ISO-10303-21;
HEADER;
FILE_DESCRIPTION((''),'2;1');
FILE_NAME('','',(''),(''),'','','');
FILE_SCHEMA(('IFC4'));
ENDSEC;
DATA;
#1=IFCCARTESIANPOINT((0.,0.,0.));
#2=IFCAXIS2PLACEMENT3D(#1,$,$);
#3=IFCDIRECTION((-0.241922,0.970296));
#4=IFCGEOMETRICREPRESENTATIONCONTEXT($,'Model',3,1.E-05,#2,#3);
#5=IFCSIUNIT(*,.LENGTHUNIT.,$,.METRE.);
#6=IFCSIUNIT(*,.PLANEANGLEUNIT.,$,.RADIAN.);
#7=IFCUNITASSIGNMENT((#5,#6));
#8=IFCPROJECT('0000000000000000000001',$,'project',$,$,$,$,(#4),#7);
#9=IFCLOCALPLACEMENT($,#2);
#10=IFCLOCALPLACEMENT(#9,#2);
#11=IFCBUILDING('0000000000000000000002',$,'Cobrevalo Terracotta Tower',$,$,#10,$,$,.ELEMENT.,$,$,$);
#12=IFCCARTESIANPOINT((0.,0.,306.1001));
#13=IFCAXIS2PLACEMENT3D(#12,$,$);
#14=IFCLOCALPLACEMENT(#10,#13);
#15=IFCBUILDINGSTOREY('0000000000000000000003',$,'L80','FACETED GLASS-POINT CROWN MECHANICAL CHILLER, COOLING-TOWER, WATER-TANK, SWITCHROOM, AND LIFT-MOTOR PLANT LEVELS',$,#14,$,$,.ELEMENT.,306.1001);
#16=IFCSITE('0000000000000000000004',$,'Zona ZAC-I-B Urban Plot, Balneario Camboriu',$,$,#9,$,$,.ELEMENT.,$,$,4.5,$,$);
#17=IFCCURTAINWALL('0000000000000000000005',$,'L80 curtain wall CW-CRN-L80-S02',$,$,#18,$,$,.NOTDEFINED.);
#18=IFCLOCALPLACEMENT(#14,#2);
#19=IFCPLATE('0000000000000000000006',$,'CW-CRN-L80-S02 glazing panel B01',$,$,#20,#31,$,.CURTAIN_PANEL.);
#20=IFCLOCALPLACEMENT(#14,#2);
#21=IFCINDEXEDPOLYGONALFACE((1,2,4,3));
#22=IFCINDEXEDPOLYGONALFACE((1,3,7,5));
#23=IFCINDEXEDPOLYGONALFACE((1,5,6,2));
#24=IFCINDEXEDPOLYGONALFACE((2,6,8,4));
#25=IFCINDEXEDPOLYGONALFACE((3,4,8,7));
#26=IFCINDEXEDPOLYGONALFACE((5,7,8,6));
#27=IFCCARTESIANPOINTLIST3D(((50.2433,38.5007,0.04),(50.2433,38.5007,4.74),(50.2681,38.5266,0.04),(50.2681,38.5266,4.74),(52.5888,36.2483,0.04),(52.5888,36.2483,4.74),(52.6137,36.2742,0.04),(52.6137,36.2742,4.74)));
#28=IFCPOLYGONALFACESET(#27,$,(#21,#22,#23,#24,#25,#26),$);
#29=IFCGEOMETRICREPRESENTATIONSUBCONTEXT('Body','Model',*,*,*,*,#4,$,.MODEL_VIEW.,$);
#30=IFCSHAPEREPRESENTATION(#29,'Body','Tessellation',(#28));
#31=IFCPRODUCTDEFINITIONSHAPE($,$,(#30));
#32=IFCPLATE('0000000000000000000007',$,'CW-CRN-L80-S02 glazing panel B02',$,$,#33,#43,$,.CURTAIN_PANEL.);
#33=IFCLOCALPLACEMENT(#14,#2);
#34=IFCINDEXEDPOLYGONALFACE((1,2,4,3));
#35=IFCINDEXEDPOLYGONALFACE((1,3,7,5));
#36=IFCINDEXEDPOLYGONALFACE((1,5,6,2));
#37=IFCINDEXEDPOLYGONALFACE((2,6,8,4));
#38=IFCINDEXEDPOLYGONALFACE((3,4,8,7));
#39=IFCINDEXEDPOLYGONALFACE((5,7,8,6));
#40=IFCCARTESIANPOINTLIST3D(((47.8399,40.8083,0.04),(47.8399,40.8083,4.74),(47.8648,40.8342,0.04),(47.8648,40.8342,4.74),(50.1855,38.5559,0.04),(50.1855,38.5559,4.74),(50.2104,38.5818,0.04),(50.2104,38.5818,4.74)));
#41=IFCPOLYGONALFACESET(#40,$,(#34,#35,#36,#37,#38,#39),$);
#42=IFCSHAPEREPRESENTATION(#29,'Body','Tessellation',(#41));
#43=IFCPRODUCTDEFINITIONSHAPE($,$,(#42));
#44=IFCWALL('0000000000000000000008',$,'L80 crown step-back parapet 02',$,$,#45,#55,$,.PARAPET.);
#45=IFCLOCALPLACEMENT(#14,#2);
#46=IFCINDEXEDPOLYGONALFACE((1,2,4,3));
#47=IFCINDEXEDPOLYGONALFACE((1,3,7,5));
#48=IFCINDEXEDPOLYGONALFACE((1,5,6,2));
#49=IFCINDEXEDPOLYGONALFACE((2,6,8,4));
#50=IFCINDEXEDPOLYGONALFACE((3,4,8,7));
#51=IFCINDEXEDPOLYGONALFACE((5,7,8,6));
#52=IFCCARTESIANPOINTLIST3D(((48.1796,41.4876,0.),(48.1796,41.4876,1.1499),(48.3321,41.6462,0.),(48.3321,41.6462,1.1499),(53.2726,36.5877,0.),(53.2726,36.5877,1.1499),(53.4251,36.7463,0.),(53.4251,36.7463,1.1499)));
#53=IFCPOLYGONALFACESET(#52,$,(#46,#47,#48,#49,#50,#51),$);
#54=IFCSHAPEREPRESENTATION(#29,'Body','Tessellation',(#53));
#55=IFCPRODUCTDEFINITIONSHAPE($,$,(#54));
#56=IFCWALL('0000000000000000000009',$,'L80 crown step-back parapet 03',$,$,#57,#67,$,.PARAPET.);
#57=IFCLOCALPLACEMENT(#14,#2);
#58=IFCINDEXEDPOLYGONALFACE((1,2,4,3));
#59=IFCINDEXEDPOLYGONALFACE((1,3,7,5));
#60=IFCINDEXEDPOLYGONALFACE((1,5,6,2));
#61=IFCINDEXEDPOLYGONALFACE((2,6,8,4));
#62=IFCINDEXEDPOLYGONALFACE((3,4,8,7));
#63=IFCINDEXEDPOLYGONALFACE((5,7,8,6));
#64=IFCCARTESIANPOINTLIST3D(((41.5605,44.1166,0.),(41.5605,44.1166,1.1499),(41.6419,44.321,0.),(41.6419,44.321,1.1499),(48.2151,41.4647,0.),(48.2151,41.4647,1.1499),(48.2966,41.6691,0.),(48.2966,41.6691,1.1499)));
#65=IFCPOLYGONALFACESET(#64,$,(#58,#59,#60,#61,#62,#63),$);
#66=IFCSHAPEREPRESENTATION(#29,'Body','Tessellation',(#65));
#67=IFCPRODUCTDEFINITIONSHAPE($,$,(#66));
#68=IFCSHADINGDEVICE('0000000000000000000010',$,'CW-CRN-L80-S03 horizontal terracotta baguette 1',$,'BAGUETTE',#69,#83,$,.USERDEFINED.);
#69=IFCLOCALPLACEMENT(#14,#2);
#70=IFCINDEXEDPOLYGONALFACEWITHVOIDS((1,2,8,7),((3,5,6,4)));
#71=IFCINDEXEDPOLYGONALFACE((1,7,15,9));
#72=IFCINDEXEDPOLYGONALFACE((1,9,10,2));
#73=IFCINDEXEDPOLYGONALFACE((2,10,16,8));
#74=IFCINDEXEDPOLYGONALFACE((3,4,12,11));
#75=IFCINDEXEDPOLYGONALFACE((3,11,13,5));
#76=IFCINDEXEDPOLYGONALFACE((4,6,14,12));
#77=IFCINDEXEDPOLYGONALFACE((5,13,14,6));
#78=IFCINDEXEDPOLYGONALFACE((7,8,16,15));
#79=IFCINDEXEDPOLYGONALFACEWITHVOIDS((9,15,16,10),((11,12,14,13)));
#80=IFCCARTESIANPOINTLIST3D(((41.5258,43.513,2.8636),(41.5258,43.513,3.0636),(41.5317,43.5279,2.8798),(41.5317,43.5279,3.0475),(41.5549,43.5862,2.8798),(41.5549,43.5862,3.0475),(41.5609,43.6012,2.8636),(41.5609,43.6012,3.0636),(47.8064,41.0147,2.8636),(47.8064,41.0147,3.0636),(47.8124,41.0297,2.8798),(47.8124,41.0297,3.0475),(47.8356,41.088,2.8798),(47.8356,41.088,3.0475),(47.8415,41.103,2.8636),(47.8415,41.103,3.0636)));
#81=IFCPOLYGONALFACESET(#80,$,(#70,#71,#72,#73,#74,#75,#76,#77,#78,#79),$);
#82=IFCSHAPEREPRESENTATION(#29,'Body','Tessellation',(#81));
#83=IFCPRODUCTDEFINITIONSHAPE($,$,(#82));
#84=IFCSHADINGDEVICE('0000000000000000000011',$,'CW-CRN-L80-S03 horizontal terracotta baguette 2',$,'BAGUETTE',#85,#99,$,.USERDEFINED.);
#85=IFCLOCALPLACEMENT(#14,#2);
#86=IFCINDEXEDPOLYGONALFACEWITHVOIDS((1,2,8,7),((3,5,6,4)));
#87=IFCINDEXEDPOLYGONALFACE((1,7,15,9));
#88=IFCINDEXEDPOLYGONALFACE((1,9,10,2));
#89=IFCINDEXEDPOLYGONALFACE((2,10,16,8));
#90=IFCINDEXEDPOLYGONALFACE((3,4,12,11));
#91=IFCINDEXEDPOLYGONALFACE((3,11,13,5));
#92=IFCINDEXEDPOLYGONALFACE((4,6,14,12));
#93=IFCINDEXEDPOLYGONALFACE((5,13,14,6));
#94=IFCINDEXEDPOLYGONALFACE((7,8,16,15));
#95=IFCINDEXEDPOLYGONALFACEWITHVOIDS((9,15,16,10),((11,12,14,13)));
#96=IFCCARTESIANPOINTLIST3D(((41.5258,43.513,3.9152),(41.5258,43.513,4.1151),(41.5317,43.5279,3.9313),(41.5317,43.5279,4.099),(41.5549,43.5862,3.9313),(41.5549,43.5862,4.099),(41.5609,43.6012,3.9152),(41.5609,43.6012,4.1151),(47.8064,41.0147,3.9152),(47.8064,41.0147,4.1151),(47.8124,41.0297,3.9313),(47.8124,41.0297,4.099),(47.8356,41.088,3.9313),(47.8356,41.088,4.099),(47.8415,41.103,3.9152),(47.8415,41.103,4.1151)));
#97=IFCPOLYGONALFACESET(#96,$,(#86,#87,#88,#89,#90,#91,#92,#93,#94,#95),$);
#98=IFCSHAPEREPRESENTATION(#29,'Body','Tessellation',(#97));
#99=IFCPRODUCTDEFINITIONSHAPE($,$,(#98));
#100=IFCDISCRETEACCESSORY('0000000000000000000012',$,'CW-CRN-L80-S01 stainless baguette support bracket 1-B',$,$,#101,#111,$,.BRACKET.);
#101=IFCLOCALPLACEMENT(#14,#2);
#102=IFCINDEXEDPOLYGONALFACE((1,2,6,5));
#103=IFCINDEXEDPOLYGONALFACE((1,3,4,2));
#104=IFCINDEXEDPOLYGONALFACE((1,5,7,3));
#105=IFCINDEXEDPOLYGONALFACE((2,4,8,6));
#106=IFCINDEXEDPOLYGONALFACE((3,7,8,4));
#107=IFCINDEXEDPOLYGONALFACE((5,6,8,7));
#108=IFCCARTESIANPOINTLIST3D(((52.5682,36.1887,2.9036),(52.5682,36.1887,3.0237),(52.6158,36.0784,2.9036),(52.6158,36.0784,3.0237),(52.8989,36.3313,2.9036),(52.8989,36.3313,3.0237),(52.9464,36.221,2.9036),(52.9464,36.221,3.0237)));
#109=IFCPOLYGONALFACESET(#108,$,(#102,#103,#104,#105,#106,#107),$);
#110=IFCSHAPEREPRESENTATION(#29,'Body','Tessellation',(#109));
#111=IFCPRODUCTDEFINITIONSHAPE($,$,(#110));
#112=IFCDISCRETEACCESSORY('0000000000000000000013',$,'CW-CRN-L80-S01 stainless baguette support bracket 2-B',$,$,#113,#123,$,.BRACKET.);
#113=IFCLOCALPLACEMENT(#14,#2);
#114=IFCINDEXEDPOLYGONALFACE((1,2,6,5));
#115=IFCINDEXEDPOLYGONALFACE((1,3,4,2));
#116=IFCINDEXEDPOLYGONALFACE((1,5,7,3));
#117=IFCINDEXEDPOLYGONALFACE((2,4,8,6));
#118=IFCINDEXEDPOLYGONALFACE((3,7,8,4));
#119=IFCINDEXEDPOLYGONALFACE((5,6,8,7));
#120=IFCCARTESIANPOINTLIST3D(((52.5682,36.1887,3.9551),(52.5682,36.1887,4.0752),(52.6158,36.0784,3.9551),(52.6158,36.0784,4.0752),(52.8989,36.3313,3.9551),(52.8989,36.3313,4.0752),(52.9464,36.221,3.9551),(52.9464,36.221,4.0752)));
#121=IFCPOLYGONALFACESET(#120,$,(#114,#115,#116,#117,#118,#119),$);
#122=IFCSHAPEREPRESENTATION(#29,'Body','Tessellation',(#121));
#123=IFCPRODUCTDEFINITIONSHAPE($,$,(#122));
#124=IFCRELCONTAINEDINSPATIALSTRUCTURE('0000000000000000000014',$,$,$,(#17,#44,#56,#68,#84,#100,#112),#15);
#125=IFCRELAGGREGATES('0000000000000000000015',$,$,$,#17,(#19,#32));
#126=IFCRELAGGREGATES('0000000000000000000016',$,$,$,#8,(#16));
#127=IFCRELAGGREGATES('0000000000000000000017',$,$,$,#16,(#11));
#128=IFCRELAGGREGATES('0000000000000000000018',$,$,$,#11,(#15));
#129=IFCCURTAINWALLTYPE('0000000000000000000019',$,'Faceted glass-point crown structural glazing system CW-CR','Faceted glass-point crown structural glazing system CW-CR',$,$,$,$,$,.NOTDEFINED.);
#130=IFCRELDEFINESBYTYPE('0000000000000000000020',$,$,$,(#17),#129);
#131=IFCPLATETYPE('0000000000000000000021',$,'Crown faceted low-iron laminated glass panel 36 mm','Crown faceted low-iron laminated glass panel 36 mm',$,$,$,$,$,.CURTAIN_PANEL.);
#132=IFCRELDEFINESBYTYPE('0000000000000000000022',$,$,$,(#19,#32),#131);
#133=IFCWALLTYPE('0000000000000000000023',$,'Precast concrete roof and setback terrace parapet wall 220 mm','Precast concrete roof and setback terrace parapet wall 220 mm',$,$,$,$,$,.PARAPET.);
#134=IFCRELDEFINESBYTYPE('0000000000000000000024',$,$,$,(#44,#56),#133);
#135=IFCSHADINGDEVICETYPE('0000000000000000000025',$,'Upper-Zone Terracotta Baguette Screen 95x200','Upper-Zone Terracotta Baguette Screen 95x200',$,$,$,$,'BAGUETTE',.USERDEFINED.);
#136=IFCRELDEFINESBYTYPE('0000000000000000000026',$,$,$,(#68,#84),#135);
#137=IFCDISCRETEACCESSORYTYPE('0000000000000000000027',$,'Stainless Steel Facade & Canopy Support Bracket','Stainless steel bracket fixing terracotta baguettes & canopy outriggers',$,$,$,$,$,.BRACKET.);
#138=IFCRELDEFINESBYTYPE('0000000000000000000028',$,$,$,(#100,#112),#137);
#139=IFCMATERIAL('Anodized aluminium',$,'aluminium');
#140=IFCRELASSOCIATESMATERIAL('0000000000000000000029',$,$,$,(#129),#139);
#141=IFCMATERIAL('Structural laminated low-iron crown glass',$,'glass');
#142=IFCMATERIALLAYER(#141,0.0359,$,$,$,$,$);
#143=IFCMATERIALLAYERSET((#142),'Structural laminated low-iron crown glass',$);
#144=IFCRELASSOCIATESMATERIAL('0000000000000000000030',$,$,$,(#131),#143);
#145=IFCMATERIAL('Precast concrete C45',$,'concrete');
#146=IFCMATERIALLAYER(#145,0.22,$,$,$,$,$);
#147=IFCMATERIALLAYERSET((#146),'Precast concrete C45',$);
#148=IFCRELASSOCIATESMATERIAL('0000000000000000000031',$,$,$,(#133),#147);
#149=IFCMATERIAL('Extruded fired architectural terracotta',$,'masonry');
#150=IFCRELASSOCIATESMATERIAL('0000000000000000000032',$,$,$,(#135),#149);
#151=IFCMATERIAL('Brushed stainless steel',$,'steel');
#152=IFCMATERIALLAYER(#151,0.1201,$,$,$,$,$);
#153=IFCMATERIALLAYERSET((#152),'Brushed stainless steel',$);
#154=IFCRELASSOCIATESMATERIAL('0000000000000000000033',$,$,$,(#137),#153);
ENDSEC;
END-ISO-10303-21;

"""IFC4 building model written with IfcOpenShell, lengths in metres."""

from ifc_helpers import new_model, si_unit, direction, frame, frame_2d, origin, origin_2d, place, context, subcontext, project, spatial, rectangle, hollow_rectangle, extrude, source, transform, mapped, material, layer, layer_set, material_profile, profile_set, type_object, element, aggregate, save


model = new_model("IFC4")

# Units and contexts
model_context = context("Model", 3, precision=1e-05, world=origin(), true_north=direction((-0.241922, 0.970296)))
body_context = subcontext(model_context, "Body", "Model", "MODEL_VIEW")
ifc_project = project(units=[si_unit("LENGTHUNIT", "METRE"), si_unit("PLANEANGLEUNIT", "RADIAN")], contexts=[model_context])

# Site, building, storey
site_placement = place(None, origin())
site = spatial("IfcSite", under=ifc_project, at=site_placement, Name="Zona ZAC-I-B Urban Plot, Balneario Camboriu", CompositionType="ELEMENT", RefElevation=4.5)
building_placement = place(site_placement, origin())
building = spatial("IfcBuilding", under=site, at=building_placement, Name="Cobrevalo Terracotta Tower", CompositionType="ELEMENT")
storey_placement = place(building_placement, frame((0.0, 0.0, 306.1001)))
storey = spatial("IfcBuildingStorey", under=building, at=storey_placement, Name="L80", Description="FACETED GLASS-POINT CROWN MECHANICAL CHILLER, COOLING-TOWER, WATER-TANK, SWITCHROOM, AND LIFT-MOTOR PLANT LEVELS", CompositionType="ELEMENT", Elevation=306.1001)

# Shared definitions
ifc_material_1 = material(Name="Anodized aluminium", Category="aluminium")
curtain_wall_type = type_object("IfcCurtainWallType", Name="Faceted glass-point crown structural glazing system CW-CR", Description="Faceted glass-point crown structural glazing system CW-CR", PredefinedType="NOTDEFINED", material=ifc_material_1)

# Curtain wall
curtain_wall_1_placement = place(storey_placement, origin())
curtain_wall_1 = element("IfcCurtainWall", 1, at=curtain_wall_1_placement, inside=storey, type_object=curtain_wall_type, Name="L80 curtain wall CW-CRN-L80-S02", PredefinedType="NOTDEFINED")

# Plates
ifc_material_2 = material(Name="Structural laminated low-iron crown glass", Category="glass")
ifc_layer_1 = layer(ifc_material_2, 0.0359)
ifc_layer_set_1 = layer_set([ifc_layer_1], Name="Structural laminated low-iron crown glass")
plate_type = type_object("IfcPlateType", Name="Crown faceted low-iron laminated glass panel 36 mm", Description="Crown faceted low-iron laminated glass panel 36 mm", PredefinedType="CURTAIN_PANEL", material=ifc_layer_set_1)
shared_shape_1 = source(origin(), body_context, "Body", "SweptSolid", [
    extrude(rectangle(XDim=3.252, YDim=0.0359, at=origin_2d()), origin(), (0.0, 0.0, 1.0), 4.7),
])
plate_1_placement = place(storey_placement, frame((51.4285, 37.3875, 0.04), z_axis=(0.0, 0.0, 1.0), x_axis=(-0.72128, 0.692643, 0.0)))
plate_1 = element("IfcPlate", 2, at=plate_1_placement, type_object=plate_type, Name="CW-CRN-L80-S02 glazing panel B01", PredefinedType="CURTAIN_PANEL", context=body_context, shape_type="MappedRepresentation", body=[
    mapped(shared_shape_1, transform((0.0, 0.0, 0.0), scale=1.0)),
])
plate_2_placement = place(storey_placement, frame((49.0251, 39.6951, 0.04), z_axis=(0.0, 0.0, 1.0), x_axis=(-0.72128, 0.692643, 0.0)))
plate_2 = element("IfcPlate", 3, at=plate_2_placement, type_object=plate_type, Name="CW-CRN-L80-S02 glazing panel B02", PredefinedType="CURTAIN_PANEL", context=body_context, shape_type="MappedRepresentation", body=[
    mapped(shared_shape_1, transform((0.0, 0.0, 0.0), scale=1.0)),
])
aggregate(curtain_wall_1, [plate_1, plate_2])

# Walls
ifc_material_3 = material(Name="Precast concrete C45", Category="concrete")
ifc_layer_2 = layer(ifc_material_3, 0.22)
ifc_layer_set_2 = layer_set([ifc_layer_2], Name="Precast concrete C45")
wall_type = type_object("IfcWallType", Name="Precast concrete roof and setback terrace parapet wall 220 mm", Description="Precast concrete roof and setback terrace parapet wall 220 mm", PredefinedType="PARAPET", material=ifc_layer_set_2)
wall_1_placement = place(storey_placement, frame((53.3489, 36.667, 0.0), z_axis=(0.0, 0.0, 1.0), x_axis=(-0.720637, 0.693312, 0.0)))
element("IfcWall", 4, at=wall_1_placement, inside=storey, type_object=wall_type, Name="L80 crown step-back parapet 02", PredefinedType="PARAPET", context=body_context, shape_type="SweptSolid", body=[
    extrude(rectangle(XDim=7.0674, YDim=0.22, at=frame_2d((3.5337, 0.0))), origin(), (0.0, 0.0, 1.0), 1.1499),
])
wall_2_placement = place(storey_placement, frame((48.2559, 41.5669, 0.0), z_axis=(0.0, 0.0, 1.0), x_axis=(-0.928955, 0.370192, 0.0)))
element("IfcWall", 5, at=wall_2_placement, inside=storey, type_object=wall_type, Name="L80 crown step-back parapet 03", PredefinedType="PARAPET", context=body_context, shape_type="SweptSolid", body=[
    extrude(rectangle(XDim=7.1636, YDim=0.22, at=frame_2d((3.5818, 0.0))), origin(), (0.0, 0.0, 1.0), 1.1499),
])

# Shading devices
ifc_material_4 = material(Name="Extruded fired architectural terracotta", Category="masonry")
ifc_material_profile_1 = material_profile(ifc_material_4, hollow_rectangle(XDim=0.095, YDim=0.2, WallThickness=0.0161, at=origin_2d()), Name="BAGUETTE 95x200")
ifc_profile_set_1 = profile_set([ifc_material_profile_1], Name="Extruded fired architectural terracotta")
shading_device_type = type_object("IfcShadingDeviceType", Name="Upper-Zone Terracotta Baguette Screen 95x200", Description="Upper-Zone Terracotta Baguette Screen 95x200", ElementType="BAGUETTE", PredefinedType="USERDEFINED", material=ifc_profile_set_1)
shared_shape_2 = source(origin(), body_context, "Body", "SweptSolid", [
    extrude(hollow_rectangle(XDim=0.095, YDim=0.2, WallThickness=0.0161, at=origin_2d()), origin(), (0.0, 0.0, 1.0), 6.7593),
])
for number, where, z_axis, x_axis, name in (
    (6, (47.824, 41.0588, 2.9636), (-0.92919, 0.369603, 0.0), (-0.369603, -0.92919, 0.0), "CW-CRN-L80-S03 horizontal terracotta baguette 1"),
    (7, (47.824, 41.0588, 4.0151), (-0.92919, 0.369603, 0.0), (-0.369603, -0.92919, 0.0), "CW-CRN-L80-S03 horizontal terracotta baguette 2"),
):
    element("IfcShadingDevice", number, at=place(storey_placement, frame(where, z_axis=z_axis, x_axis=x_axis)), inside=storey, type_object=shading_device_type, Name=name, ObjectType="BAGUETTE", PredefinedType="USERDEFINED", context=body_context, shape_type="MappedRepresentation", body=[
        mapped(shared_shape_2, transform((0.0, 0.0, 0.0), scale=1.0)),
    ])

# Discrete accessories
ifc_material_5 = material(Name="Brushed stainless steel", Category="steel")
ifc_layer_3 = layer(ifc_material_5, 0.1201)
ifc_layer_set_3 = layer_set([ifc_layer_3], Name="Brushed stainless steel")
discrete_accessory_type = type_object("IfcDiscreteAccessoryType", Name="Stainless Steel Facade & Canopy Support Bracket", Description="Stainless steel bracket fixing terracotta baguettes & canopy outriggers", PredefinedType="BRACKET", material=ifc_layer_set_3)
shared_shape_3 = source(origin(), body_context, "Body", "SweptSolid", [
    extrude(rectangle(XDim=0.1201, YDim=0.3601, at=origin_2d()), origin(), (0.0, 0.0, 1.0), 0.1201),
])
for number, where, z_axis, x_axis, name in (
    (8, (52.7573, 36.2048, 2.9036), (0.0, 0.0, 1.0), (-0.396066, 0.918222, 0.0), "CW-CRN-L80-S01 stainless baguette support bracket 1-B"),
    (9, (52.7573, 36.2048, 3.9551), (0.0, 0.0, 1.0), (-0.396066, 0.918222, 0.0), "CW-CRN-L80-S01 stainless baguette support bracket 2-B"),
):
    element("IfcDiscreteAccessory", number, at=place(storey_placement, frame(where, z_axis=z_axis, x_axis=x_axis)), inside=storey, type_object=discrete_accessory_type, Name=name, PredefinedType="BRACKET", context=body_context, shape_type="MappedRepresentation", body=[
        mapped(shared_shape_3, transform((0.0, 0.0, 0.0), scale=1.0)),
    ])

save(model, "model.ifc")
